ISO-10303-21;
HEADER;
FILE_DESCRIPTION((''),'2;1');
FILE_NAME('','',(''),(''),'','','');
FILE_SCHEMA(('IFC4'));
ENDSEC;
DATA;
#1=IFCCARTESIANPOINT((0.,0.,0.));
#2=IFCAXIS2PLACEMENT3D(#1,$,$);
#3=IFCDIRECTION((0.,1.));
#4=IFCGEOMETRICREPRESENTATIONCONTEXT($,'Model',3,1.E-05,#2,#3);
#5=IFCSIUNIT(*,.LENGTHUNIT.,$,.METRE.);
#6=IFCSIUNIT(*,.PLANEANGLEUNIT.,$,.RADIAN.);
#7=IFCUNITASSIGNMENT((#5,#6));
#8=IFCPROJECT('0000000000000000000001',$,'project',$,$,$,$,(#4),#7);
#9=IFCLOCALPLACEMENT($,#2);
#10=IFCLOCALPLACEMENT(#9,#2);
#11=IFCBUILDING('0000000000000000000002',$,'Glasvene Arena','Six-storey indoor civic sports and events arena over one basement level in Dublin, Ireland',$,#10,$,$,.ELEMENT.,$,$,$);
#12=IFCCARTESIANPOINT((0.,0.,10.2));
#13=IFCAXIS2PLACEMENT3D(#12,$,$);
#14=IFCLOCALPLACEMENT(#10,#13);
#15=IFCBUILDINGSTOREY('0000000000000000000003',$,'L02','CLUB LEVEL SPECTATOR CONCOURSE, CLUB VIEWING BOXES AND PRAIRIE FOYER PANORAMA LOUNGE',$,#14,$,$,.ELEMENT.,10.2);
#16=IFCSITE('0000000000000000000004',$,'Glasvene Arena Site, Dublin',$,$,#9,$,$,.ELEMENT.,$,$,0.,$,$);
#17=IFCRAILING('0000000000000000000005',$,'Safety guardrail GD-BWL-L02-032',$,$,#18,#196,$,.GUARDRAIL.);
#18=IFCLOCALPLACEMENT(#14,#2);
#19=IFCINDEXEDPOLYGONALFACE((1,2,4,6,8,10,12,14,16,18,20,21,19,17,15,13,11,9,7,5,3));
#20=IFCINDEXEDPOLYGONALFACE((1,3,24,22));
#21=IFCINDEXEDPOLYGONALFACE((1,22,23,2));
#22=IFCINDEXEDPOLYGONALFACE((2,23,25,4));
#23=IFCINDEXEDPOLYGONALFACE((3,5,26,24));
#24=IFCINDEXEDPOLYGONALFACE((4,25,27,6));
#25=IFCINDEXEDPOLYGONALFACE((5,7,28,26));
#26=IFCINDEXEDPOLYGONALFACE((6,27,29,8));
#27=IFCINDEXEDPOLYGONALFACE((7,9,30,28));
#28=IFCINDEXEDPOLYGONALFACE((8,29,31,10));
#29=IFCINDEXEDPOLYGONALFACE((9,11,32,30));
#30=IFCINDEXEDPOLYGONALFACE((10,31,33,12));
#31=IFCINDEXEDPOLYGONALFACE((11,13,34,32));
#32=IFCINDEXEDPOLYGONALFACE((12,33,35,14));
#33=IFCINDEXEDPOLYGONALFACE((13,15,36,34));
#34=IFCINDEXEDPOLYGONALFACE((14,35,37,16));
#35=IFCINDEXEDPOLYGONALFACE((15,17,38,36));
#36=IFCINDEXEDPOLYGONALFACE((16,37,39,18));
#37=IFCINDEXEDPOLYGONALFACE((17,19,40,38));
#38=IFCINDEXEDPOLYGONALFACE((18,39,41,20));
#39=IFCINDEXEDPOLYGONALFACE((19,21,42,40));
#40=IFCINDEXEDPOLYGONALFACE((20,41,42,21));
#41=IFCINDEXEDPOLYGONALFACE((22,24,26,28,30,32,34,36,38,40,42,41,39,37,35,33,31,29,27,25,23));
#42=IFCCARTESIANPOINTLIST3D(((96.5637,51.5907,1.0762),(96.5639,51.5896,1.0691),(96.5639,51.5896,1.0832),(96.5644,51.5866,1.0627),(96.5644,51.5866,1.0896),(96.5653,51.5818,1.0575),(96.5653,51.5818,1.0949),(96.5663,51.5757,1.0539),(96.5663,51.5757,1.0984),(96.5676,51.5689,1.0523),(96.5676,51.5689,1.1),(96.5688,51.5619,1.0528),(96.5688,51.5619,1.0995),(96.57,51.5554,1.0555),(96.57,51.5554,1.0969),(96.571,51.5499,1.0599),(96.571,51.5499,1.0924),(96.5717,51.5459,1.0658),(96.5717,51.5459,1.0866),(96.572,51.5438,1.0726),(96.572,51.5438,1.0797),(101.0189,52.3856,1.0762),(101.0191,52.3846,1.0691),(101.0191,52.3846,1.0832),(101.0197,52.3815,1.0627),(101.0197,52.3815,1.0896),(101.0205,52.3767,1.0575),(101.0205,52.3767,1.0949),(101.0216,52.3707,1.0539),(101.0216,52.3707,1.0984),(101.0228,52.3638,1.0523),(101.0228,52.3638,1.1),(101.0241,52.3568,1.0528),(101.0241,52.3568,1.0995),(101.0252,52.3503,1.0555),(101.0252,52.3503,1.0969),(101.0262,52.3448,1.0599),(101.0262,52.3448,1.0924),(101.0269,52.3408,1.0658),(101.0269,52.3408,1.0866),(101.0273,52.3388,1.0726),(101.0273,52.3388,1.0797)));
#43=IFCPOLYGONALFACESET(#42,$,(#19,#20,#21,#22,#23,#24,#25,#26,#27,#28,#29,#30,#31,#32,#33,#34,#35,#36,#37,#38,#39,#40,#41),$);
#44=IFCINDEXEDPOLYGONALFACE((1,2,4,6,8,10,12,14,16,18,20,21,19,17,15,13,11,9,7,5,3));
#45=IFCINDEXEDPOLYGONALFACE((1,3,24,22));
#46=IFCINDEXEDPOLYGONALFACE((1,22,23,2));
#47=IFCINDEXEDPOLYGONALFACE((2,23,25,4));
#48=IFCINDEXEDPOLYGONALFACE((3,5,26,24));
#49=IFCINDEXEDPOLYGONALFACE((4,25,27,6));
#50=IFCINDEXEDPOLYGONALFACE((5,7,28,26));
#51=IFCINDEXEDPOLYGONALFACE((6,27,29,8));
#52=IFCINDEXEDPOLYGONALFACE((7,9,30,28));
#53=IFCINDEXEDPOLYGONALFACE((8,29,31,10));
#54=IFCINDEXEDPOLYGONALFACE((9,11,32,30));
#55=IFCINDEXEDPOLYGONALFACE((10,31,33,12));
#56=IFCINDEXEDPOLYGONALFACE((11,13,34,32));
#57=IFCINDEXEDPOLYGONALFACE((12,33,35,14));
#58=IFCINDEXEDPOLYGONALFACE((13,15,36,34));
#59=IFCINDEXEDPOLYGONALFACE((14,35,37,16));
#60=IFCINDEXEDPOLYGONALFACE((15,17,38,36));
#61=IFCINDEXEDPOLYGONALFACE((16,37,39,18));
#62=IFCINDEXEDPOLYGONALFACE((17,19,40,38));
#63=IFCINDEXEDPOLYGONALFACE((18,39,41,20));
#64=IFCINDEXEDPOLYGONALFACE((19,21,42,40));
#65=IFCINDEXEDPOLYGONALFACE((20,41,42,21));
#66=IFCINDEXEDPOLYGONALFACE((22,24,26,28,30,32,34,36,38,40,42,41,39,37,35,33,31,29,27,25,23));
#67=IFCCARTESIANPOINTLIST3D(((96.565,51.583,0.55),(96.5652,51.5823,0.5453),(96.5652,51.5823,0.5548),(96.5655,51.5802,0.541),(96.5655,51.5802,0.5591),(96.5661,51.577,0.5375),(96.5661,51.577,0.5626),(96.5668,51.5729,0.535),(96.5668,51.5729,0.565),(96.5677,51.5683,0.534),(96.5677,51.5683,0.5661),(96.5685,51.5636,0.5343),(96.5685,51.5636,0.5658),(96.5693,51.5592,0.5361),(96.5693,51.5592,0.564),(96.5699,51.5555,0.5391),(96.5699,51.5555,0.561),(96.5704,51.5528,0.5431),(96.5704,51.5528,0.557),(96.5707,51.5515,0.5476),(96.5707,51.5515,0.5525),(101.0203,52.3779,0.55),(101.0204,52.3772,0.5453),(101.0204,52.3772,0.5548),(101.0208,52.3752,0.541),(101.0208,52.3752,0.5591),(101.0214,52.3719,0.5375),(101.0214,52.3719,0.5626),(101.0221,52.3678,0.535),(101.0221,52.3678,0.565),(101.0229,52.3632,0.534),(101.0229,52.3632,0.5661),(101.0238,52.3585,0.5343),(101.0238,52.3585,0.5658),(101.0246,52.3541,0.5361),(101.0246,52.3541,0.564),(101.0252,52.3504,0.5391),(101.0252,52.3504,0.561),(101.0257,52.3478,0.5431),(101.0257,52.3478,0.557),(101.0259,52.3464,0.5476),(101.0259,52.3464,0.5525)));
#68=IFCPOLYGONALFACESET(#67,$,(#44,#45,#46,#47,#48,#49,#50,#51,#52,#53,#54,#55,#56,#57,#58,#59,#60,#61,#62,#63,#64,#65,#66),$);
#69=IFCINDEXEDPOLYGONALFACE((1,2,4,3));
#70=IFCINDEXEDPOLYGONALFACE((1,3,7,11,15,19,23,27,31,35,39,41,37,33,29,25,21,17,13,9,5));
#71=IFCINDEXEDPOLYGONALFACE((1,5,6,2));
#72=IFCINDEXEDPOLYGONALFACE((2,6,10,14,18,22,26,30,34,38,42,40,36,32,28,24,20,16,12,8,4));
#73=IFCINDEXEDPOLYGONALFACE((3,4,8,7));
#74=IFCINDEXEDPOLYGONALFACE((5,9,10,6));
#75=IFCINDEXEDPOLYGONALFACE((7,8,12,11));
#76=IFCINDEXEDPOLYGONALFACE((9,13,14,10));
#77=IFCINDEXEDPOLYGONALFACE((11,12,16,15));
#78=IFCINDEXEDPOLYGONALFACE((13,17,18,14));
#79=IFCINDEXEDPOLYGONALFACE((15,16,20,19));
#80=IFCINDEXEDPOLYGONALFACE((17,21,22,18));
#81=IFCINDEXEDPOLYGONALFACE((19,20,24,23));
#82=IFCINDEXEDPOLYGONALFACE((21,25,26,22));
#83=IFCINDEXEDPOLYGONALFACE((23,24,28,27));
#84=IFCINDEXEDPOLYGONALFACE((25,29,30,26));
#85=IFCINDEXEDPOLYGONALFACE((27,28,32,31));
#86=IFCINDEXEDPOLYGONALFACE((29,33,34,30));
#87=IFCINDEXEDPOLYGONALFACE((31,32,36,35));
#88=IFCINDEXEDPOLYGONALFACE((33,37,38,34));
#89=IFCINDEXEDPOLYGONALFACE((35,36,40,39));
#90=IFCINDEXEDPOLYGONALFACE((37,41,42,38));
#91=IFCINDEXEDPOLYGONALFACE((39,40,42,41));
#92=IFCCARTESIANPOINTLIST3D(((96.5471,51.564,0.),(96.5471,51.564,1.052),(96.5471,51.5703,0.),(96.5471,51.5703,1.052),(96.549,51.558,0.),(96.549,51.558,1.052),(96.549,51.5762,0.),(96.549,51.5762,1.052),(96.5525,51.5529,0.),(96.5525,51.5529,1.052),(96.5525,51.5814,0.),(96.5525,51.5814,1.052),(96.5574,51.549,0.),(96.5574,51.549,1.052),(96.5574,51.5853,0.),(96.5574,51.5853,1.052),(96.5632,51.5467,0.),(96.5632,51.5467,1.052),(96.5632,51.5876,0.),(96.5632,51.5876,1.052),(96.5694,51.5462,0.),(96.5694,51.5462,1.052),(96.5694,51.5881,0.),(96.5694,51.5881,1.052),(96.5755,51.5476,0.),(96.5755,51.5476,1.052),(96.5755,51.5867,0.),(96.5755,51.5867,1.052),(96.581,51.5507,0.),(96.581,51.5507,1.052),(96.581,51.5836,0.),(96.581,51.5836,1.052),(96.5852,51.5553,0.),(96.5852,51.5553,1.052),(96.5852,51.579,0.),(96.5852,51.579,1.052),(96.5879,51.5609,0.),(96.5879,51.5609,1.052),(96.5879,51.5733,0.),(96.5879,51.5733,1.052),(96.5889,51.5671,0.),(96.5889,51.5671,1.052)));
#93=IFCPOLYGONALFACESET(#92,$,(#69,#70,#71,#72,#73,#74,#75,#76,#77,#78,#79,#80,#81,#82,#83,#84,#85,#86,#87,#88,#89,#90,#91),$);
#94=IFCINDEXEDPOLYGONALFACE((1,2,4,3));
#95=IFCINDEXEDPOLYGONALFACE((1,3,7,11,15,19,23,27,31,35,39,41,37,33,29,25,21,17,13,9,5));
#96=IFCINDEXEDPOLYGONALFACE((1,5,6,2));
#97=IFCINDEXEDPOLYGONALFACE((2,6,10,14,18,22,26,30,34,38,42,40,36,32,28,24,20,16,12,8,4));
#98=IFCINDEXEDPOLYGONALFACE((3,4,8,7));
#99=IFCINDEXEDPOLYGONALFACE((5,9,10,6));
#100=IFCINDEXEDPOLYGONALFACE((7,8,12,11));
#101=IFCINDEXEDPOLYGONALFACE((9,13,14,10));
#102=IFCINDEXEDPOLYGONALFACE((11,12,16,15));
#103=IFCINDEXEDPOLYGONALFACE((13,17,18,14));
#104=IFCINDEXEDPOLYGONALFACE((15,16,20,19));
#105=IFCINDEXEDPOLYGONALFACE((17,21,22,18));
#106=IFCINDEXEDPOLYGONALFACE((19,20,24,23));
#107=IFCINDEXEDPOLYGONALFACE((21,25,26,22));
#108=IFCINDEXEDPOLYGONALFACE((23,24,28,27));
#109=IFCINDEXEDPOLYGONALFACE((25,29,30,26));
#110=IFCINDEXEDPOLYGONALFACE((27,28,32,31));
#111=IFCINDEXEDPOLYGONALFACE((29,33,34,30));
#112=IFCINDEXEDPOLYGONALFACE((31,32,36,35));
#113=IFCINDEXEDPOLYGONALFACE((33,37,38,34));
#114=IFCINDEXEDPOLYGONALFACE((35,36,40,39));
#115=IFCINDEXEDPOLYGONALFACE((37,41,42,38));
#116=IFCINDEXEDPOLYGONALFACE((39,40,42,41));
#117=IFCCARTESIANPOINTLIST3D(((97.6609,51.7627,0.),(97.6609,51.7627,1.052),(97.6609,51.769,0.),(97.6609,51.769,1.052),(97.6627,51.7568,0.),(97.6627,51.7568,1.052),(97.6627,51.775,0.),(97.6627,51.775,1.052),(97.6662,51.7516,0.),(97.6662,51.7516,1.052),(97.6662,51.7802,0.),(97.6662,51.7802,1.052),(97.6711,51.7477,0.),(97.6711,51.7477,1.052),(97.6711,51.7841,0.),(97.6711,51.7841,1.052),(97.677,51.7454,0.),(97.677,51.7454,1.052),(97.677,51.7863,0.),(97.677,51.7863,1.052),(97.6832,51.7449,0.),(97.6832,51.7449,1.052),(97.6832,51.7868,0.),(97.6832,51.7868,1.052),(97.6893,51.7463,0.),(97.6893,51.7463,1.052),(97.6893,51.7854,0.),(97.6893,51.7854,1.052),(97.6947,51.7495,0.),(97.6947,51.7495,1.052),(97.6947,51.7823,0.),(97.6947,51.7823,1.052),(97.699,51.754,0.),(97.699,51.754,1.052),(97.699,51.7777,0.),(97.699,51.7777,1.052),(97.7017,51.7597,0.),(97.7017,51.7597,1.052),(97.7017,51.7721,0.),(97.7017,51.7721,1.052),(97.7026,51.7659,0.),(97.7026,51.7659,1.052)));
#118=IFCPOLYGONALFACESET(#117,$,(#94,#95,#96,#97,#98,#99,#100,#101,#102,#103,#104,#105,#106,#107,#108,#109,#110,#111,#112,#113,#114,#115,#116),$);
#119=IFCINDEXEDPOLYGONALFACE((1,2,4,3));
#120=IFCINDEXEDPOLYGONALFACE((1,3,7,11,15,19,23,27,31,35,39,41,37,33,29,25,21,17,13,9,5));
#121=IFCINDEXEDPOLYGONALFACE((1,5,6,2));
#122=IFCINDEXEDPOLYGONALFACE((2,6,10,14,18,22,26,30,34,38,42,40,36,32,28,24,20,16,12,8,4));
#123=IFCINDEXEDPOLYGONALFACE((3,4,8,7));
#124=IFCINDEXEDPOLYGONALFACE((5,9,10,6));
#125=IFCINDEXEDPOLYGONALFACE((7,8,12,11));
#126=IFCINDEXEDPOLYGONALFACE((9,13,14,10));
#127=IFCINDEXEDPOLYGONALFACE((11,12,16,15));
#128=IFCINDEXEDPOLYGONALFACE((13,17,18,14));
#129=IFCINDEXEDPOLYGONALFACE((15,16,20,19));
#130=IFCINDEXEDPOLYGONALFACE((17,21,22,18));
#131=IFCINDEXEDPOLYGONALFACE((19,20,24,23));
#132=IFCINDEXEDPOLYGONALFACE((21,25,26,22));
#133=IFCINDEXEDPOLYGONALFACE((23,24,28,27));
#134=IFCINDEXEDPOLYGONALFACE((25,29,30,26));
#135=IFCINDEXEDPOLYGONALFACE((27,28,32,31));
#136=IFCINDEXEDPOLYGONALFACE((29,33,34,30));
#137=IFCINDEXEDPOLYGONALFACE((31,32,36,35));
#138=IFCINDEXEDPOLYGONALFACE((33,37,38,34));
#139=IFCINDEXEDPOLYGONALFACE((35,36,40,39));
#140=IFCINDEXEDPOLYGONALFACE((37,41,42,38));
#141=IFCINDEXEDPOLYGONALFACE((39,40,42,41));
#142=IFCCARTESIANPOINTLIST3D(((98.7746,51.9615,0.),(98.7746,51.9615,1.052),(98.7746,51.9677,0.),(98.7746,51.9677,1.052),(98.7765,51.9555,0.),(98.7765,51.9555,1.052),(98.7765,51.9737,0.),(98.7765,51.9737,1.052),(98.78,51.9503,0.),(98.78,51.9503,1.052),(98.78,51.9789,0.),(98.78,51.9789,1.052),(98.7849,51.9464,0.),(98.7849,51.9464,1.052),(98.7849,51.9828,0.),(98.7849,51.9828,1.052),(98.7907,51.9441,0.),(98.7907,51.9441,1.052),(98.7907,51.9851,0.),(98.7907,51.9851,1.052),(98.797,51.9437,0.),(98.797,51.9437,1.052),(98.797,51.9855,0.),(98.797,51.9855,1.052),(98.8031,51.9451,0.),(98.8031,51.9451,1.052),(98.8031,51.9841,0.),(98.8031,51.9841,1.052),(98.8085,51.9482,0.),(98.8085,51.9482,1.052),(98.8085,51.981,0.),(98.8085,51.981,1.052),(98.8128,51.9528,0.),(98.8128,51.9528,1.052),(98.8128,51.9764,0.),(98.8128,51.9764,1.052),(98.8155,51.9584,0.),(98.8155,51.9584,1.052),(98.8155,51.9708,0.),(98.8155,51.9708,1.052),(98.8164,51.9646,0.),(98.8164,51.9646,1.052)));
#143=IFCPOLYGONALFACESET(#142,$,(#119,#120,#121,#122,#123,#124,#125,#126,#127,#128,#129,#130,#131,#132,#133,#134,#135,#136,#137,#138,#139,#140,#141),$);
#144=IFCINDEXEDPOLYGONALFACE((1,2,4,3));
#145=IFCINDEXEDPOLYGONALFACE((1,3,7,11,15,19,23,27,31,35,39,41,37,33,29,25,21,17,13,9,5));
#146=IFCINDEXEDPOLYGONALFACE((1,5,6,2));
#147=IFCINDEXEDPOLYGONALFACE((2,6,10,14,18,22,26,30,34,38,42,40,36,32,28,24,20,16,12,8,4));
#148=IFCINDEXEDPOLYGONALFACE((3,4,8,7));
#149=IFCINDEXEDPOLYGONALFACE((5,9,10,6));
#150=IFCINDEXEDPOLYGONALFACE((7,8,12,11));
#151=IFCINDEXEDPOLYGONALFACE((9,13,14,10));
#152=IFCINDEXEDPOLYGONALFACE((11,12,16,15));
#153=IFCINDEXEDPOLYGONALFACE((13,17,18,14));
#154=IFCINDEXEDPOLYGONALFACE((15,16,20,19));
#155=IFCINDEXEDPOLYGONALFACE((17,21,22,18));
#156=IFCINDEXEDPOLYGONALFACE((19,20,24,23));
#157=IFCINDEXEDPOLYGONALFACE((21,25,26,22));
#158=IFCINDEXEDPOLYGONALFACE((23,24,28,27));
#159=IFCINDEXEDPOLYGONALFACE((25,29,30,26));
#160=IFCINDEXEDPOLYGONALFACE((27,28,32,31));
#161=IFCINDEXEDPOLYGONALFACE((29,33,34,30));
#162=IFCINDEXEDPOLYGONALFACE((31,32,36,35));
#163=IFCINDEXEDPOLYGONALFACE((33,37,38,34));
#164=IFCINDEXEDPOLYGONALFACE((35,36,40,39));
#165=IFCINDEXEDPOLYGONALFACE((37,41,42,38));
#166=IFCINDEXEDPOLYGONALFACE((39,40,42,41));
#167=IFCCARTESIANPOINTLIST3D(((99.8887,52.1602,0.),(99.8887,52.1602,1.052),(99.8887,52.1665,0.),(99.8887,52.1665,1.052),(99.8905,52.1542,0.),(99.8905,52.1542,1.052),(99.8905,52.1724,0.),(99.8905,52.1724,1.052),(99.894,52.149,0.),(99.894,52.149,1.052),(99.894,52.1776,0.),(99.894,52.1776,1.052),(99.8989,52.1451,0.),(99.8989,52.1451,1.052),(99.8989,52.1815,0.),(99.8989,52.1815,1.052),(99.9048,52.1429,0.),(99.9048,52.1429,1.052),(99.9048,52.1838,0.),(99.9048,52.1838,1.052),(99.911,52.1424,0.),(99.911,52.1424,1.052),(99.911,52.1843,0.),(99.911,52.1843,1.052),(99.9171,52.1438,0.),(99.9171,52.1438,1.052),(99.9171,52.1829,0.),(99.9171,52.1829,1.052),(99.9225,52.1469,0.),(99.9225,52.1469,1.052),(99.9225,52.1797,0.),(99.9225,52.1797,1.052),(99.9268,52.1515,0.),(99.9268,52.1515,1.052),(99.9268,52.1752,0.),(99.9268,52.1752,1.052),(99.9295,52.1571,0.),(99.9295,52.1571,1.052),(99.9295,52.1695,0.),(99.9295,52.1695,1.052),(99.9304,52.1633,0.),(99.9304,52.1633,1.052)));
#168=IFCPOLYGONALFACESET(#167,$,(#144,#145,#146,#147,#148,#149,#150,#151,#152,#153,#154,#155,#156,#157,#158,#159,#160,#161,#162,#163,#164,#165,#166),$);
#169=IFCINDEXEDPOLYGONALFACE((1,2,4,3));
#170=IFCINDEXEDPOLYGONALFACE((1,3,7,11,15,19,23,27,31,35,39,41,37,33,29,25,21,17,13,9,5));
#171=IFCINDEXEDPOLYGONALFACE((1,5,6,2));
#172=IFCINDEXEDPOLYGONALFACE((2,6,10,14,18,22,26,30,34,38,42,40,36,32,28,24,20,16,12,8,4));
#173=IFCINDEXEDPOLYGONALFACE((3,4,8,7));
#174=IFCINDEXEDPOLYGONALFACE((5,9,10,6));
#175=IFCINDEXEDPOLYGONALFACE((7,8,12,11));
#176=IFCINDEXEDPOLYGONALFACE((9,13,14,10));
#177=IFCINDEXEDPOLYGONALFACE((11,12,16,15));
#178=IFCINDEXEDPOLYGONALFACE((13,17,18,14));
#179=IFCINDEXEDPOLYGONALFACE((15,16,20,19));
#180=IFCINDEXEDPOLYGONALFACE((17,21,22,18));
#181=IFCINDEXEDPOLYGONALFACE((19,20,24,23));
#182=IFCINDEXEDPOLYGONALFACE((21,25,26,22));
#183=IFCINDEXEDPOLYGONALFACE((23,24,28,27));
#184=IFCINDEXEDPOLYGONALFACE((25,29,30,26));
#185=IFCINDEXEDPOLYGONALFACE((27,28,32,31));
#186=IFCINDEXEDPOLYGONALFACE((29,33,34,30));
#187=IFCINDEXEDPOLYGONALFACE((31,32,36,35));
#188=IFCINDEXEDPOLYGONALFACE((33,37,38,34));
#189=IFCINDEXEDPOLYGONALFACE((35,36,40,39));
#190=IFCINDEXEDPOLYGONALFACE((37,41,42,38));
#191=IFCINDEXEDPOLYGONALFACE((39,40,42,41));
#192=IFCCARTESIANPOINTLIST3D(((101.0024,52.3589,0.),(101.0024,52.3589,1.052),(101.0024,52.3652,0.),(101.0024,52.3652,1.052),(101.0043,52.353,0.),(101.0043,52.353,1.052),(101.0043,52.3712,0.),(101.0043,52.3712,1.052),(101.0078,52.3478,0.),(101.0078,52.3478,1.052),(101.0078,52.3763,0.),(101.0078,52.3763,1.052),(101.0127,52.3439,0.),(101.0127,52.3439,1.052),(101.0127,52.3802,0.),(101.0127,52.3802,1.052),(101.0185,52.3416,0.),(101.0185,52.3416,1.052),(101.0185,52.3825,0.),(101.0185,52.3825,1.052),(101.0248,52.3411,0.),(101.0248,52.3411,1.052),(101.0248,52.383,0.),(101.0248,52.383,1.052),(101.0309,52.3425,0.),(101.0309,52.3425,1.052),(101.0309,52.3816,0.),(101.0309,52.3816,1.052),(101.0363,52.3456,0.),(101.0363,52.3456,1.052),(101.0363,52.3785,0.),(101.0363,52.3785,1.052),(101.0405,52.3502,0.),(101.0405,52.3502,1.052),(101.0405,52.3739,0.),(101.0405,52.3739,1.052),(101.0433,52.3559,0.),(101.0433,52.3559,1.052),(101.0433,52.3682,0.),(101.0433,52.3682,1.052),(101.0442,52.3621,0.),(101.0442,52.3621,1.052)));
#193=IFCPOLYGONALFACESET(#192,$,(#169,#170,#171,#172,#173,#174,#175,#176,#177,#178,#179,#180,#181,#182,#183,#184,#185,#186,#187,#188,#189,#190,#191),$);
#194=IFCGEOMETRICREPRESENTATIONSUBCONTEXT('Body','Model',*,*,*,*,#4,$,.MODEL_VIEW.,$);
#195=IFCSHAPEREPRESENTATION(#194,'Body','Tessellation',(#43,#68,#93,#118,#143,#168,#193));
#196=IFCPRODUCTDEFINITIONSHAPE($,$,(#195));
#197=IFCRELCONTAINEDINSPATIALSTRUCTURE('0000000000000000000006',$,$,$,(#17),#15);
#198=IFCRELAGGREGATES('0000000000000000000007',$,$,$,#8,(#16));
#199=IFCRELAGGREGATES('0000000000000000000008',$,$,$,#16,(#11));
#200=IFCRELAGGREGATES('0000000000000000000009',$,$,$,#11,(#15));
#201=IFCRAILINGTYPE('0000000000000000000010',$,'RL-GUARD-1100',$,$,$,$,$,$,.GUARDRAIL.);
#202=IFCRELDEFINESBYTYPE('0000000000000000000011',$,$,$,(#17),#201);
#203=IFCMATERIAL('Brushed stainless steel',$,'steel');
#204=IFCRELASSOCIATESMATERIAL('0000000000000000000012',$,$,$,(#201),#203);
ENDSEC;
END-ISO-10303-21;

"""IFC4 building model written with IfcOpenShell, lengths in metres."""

from ifc_helpers import new_model, si_unit, direction, frame, origin, origin_2d, place, context, subcontext, project, spatial, circle, extrude, material, type_object, element, save


model = new_model("IFC4")

# Units and contexts
model_context = context("Model", 3, precision=1e-05, world=origin(), true_north=direction((0.0, 1.0)))
body_context = subcontext(model_context, "Body", "Model", "MODEL_VIEW")
ifc_project = project(units=[si_unit("LENGTHUNIT", "METRE"), si_unit("PLANEANGLEUNIT", "RADIAN")], contexts=[model_context])

# Site, building, storey
site_placement = place(None, origin())
site = spatial("IfcSite", under=ifc_project, at=site_placement, Name="Glasvene Arena Site, Dublin", CompositionType="ELEMENT", RefElevation=0.0)
building_placement = place(site_placement, origin())
building = spatial("IfcBuilding", under=site, at=building_placement, Name="Glasvene Arena", Description="Six-storey indoor civic sports and events arena over one basement level in Dublin, Ireland", CompositionType="ELEMENT")
storey_placement = place(building_placement, frame((0.0, 0.0, 10.2)))
storey = spatial("IfcBuildingStorey", under=building, at=storey_placement, Name="L02", Description="CLUB LEVEL SPECTATOR CONCOURSE, CLUB VIEWING BOXES AND PRAIRIE FOYER PANORAMA LOUNGE", CompositionType="ELEMENT", Elevation=10.2)

# Railing
ifc_material_1 = material(Name="Brushed stainless steel", Category="steel")
railing_type = type_object("IfcRailingType", Name="RL-GUARD-1100", PredefinedType="GUARDRAIL", material=ifc_material_1)
railing_1_placement = place(storey_placement, frame((96.5679, 51.5671, 0.0)))
element("IfcRailing", 1, at=railing_1_placement, inside=storey, type_object=railing_type, Name="Safety guardrail GD-BWL-L02-032", PredefinedType="GUARDRAIL", context=body_context, shape_type="SweptSolid", body=[
    extrude(circle(Radius=0.0239, at=origin_2d()), frame((0.0, 0.0, 1.0762), z_axis=(0.984453, 0.175647, 0.0), x_axis=(-0.175647, 0.984453, 0.0)), (0.0, 0.0, 1.0), 4.5256),
    extrude(circle(Radius=0.0161, at=origin_2d()), frame((0.0, 0.0, 0.55), z_axis=(0.984453, 0.175647, 0.0), x_axis=(-0.175647, 0.984453, 0.0)), (0.0, 0.0, 1.0), 4.5256),
    extrude(circle(Radius=0.021, at=origin_2d()), origin(), (0.0, 0.0, 1.0), 1.052),
    extrude(circle(Radius=0.021, at=origin_2d()), frame((1.1138, 0.1987, 0.0)), (0.0, 0.0, 1.0), 1.052),
    extrude(circle(Radius=0.021, at=origin_2d()), frame((2.2275, 0.3975, 0.0)), (0.0, 0.0, 1.0), 1.052),
    extrude(circle(Radius=0.021, at=origin_2d()), frame((3.3416, 0.5962, 0.0)), (0.0, 0.0, 1.0), 1.052),
    extrude(circle(Radius=0.021, at=origin_2d()), frame((4.4553, 0.7949, 0.0)), (0.0, 0.0, 1.0), 1.052),
])

save(model, "model.ifc")
